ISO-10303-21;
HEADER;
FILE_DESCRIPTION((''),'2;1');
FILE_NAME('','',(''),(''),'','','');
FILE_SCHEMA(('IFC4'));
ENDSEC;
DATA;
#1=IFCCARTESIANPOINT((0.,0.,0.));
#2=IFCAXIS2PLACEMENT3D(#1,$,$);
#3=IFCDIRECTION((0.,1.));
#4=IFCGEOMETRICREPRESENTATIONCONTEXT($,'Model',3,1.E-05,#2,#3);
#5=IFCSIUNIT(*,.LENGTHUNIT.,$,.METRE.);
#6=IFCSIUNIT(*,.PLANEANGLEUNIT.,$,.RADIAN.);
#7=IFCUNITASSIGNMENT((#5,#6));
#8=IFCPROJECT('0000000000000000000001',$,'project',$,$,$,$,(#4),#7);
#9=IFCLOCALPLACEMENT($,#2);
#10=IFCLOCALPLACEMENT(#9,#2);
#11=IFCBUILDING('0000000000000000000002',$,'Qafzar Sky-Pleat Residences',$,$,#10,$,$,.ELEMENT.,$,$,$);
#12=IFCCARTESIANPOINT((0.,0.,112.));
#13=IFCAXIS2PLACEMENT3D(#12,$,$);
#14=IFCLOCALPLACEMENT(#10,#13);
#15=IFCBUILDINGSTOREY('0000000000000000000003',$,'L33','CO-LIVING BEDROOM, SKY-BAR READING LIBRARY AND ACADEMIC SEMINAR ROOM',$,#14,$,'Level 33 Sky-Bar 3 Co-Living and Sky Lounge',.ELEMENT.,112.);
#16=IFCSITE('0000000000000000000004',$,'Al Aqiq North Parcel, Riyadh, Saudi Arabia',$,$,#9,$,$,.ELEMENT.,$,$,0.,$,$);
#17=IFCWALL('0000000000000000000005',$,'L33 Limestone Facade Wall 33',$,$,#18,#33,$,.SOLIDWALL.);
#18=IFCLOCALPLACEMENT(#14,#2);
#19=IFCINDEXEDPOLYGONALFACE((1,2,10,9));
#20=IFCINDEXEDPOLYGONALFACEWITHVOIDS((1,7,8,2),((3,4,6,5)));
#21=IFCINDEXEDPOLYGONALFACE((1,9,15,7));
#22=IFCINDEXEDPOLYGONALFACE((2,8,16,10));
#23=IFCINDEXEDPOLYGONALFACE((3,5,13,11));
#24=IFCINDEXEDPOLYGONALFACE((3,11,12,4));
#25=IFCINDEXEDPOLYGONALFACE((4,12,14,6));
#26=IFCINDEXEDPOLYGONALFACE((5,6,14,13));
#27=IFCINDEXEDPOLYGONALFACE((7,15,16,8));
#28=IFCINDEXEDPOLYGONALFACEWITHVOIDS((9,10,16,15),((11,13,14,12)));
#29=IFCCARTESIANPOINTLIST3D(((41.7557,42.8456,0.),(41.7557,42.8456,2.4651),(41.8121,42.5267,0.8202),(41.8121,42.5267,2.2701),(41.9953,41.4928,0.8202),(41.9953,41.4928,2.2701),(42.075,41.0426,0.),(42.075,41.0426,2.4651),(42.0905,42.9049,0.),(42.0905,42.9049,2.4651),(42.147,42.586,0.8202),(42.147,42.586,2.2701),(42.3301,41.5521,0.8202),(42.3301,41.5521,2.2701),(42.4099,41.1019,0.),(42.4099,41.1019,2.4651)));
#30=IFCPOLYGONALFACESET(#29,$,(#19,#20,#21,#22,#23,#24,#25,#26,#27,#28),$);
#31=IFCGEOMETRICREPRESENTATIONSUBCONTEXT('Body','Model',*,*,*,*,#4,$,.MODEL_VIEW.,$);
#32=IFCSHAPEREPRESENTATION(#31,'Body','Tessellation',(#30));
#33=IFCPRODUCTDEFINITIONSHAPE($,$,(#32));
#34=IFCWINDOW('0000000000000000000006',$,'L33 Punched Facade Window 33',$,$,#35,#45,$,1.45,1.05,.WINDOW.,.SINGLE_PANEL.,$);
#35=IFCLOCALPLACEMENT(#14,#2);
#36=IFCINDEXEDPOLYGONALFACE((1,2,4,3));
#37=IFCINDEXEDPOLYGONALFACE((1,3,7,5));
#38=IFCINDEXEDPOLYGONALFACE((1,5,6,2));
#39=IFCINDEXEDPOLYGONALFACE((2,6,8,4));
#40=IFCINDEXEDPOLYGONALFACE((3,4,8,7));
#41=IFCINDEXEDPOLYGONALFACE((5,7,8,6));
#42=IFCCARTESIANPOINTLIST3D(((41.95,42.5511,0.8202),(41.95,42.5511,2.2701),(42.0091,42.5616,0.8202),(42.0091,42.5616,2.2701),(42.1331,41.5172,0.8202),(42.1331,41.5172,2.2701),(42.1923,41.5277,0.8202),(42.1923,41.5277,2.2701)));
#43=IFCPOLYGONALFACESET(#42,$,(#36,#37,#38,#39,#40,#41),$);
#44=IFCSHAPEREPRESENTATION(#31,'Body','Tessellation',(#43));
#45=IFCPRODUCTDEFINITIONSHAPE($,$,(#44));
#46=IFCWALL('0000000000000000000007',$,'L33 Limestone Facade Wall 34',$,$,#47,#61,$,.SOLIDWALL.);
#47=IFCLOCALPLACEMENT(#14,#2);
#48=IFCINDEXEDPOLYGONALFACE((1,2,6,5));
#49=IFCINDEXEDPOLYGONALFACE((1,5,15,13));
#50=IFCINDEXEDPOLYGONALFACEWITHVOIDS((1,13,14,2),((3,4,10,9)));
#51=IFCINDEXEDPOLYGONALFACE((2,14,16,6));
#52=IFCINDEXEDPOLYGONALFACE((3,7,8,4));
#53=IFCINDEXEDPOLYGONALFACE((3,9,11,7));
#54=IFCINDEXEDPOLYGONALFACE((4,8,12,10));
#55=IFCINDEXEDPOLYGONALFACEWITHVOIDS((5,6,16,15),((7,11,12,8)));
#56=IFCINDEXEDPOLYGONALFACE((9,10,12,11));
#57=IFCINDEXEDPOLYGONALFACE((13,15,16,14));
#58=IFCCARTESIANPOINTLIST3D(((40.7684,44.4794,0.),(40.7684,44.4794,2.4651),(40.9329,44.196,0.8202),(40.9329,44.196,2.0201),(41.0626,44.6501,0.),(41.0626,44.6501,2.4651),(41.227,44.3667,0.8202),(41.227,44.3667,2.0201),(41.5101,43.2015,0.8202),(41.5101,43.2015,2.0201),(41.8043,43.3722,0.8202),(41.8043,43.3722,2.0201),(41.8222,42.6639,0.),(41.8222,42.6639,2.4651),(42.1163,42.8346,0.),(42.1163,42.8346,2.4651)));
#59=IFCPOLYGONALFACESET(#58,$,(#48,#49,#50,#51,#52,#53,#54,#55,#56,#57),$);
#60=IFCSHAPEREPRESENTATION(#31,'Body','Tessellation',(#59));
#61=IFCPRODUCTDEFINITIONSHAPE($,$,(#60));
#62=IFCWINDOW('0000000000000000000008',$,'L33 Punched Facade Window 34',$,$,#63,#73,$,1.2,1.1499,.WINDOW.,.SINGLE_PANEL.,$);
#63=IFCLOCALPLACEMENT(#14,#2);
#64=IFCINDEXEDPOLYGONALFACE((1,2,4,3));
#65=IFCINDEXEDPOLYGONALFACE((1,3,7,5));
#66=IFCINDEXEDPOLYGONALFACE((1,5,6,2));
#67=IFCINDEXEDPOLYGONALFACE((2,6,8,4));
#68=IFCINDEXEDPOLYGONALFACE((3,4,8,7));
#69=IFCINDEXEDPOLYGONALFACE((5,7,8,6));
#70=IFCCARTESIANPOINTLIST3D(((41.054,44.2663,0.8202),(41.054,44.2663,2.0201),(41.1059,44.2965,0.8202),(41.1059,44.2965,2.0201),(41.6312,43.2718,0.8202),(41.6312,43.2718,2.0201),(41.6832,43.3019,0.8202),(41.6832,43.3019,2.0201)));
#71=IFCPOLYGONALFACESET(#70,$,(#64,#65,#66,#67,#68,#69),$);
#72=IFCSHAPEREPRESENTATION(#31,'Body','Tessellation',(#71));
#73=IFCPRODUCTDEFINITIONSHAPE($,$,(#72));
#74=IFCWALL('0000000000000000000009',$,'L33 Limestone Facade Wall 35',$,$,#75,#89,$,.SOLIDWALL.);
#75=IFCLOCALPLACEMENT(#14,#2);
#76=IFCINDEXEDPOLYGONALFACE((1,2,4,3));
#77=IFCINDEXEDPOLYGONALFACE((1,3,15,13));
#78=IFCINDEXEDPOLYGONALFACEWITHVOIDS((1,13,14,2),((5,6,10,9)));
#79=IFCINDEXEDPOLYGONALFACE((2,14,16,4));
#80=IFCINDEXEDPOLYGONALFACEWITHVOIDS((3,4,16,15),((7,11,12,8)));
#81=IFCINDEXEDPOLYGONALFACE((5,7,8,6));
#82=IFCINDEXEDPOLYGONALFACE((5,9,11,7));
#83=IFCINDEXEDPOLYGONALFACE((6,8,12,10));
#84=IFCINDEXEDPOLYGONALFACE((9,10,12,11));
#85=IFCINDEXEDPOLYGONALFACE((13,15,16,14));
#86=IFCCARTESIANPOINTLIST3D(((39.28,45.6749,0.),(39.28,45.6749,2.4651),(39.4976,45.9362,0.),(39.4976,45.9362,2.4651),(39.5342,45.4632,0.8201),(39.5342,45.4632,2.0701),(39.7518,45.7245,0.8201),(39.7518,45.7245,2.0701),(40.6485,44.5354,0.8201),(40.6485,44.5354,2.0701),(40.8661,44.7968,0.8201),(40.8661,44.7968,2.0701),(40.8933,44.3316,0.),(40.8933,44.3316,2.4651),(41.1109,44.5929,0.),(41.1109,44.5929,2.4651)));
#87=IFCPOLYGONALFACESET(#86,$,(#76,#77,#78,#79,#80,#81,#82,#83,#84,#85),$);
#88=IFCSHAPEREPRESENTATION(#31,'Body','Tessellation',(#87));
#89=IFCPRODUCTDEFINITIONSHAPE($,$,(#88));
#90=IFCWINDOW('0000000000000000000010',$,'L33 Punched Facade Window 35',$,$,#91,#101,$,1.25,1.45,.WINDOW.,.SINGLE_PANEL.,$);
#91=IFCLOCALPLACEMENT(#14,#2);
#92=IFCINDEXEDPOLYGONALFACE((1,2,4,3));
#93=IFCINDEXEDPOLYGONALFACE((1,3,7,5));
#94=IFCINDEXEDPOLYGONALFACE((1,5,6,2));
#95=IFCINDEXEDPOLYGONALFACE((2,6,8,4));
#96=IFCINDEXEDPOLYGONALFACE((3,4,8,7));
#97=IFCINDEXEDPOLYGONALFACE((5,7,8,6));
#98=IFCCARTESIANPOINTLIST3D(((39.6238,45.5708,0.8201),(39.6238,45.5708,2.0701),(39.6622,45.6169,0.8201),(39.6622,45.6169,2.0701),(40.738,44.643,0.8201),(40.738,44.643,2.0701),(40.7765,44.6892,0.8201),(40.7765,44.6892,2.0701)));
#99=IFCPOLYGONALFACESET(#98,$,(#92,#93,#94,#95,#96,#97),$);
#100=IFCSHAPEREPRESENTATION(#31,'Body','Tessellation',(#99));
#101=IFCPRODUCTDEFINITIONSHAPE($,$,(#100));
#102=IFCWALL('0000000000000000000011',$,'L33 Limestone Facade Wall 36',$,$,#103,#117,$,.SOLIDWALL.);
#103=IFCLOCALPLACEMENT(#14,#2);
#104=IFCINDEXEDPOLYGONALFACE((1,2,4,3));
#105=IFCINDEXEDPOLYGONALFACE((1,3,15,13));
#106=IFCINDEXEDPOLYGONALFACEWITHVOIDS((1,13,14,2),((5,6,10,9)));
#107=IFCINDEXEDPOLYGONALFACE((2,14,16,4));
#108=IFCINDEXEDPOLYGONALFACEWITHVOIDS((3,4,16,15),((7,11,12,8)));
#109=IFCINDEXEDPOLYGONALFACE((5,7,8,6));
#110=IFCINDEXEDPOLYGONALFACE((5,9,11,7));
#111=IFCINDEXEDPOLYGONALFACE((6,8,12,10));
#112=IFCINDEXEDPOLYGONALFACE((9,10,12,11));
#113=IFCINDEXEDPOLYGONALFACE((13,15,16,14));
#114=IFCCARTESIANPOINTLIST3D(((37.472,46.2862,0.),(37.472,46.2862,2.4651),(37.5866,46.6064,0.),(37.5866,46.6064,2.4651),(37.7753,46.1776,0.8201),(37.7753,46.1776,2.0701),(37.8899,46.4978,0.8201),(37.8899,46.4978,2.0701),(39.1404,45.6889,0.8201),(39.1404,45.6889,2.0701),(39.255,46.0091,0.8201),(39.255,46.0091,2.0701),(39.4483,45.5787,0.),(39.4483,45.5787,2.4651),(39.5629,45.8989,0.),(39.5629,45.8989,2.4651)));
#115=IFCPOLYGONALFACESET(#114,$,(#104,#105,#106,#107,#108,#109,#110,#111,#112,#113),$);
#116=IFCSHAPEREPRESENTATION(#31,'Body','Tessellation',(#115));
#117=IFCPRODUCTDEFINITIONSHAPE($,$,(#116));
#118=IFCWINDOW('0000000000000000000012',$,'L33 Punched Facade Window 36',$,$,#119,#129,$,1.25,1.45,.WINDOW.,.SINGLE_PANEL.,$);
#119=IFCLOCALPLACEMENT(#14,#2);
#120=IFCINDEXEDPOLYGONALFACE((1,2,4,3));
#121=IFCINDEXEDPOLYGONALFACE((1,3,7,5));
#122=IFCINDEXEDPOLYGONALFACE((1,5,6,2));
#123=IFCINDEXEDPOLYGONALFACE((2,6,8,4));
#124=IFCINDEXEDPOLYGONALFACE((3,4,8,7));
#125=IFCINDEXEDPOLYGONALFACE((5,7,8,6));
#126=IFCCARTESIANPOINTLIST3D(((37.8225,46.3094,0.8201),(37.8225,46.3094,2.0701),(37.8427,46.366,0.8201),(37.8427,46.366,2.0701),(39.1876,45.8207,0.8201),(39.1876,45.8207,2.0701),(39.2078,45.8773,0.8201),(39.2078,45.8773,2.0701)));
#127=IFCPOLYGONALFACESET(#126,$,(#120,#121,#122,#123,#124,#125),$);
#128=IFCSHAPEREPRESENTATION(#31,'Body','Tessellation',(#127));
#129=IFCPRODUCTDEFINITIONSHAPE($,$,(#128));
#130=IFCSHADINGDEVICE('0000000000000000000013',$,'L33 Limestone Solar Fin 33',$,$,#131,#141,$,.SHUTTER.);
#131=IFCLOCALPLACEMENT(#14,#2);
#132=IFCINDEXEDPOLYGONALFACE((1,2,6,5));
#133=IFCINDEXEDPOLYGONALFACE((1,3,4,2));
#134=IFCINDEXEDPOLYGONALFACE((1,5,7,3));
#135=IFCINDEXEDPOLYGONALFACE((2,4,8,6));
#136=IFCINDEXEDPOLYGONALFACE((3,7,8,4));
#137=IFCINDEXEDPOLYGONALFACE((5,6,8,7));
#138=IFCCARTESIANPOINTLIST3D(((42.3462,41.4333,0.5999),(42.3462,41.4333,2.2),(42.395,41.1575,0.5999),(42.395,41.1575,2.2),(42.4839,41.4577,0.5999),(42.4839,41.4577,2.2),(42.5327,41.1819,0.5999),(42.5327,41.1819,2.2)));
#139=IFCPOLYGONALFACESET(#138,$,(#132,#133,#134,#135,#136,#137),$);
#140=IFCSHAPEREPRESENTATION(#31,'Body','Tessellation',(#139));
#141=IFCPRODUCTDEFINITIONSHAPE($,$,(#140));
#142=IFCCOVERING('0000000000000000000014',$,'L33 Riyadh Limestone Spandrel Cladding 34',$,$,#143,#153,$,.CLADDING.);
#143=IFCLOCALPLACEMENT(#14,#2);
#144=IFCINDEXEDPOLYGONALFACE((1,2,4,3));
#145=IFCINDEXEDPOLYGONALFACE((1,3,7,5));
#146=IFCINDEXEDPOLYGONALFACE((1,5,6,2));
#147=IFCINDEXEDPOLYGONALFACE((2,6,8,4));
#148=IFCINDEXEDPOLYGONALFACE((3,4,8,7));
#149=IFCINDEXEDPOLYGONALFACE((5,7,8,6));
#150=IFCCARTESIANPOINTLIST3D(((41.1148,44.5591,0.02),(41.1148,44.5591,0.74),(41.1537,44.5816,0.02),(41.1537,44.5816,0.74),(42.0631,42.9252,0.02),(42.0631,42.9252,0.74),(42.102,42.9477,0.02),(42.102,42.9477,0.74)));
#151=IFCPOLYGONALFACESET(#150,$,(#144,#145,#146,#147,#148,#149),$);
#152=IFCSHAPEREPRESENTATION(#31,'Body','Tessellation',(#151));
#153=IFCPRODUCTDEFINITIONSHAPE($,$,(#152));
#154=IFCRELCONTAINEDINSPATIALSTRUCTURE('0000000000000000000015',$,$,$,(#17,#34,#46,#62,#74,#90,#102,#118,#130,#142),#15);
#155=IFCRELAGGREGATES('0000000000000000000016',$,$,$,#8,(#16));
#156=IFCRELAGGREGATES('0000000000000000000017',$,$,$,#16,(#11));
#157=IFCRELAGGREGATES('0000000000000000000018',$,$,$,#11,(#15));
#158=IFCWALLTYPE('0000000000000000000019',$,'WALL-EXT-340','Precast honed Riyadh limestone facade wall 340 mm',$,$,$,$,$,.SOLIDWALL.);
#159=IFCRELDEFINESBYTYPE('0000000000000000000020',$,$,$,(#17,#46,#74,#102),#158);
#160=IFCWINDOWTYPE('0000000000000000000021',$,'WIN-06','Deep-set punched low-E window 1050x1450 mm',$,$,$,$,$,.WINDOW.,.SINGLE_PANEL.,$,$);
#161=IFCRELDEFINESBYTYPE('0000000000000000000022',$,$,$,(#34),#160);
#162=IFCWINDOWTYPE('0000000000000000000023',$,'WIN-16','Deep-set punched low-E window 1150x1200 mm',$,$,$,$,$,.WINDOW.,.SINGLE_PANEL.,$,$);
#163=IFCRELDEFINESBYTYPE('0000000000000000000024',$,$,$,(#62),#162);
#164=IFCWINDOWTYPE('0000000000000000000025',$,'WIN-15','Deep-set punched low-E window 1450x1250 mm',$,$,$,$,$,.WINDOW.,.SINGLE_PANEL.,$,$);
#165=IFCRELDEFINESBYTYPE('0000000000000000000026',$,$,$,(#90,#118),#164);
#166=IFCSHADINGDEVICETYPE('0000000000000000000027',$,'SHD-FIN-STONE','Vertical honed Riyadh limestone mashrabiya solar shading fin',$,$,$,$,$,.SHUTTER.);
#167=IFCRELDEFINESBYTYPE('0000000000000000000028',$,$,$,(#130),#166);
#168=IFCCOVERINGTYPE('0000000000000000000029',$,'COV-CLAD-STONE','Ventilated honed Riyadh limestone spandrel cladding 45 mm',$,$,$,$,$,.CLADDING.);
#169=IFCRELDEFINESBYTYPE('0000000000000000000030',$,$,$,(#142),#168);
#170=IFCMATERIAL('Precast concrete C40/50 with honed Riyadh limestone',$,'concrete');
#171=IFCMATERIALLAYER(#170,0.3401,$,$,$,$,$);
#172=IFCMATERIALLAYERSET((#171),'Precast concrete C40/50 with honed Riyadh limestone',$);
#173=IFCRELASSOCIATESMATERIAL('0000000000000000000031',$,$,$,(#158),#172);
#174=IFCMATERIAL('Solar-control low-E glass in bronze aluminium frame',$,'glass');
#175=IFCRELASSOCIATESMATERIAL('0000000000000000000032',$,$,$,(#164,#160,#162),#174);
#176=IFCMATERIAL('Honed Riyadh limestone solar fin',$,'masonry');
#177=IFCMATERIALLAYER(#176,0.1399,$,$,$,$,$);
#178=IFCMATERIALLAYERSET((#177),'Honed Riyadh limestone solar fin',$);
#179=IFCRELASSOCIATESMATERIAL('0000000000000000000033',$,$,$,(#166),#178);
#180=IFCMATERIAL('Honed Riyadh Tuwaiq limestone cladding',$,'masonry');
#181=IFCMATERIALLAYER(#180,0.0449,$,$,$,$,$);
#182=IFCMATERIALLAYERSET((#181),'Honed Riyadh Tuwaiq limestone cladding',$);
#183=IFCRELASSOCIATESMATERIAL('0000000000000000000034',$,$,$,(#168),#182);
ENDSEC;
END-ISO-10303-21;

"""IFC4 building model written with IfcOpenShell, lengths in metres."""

from ifc_helpers import new_model, si_unit, direction, frame, frame_2d, origin, origin_2d, place, context, subcontext, project, spatial, rectangle, extrude, source, transform, mapped, material, layer, layer_set, type_object, element, fill, save


model = new_model("IFC4")

# Units and contexts
model_context = context("Model", 3, precision=1e-05, world=origin(), true_north=direction((0.0, 1.0)))
body_context = subcontext(model_context, "Body", "Model", "MODEL_VIEW")
ifc_project = project(units=[si_unit("LENGTHUNIT", "METRE"), si_unit("PLANEANGLEUNIT", "RADIAN")], contexts=[model_context])

# Site, building, storey
site_placement = place(None, origin())
site = spatial("IfcSite", under=ifc_project, at=site_placement, Name="Al Aqiq North Parcel, Riyadh, Saudi Arabia", CompositionType="ELEMENT", RefElevation=0.0)
building_placement = place(site_placement, origin())
building = spatial("IfcBuilding", under=site, at=building_placement, Name="Qafzar Sky-Pleat Residences", CompositionType="ELEMENT")
storey_placement = place(building_placement, frame((0.0, 0.0, 112.0)))
storey = spatial("IfcBuildingStorey", under=building, at=storey_placement, Name="L33", Description="CO-LIVING BEDROOM, SKY-BAR READING LIBRARY AND ACADEMIC SEMINAR ROOM", LongName="Level 33 Sky-Bar 3 Co-Living and Sky Lounge", CompositionType="ELEMENT", Elevation=112.0)

# Walls, openings, windows
ifc_material_1 = material(Name="Precast concrete C40/50 with honed Riyadh limestone", Category="concrete")
ifc_layer_1 = layer(ifc_material_1, 0.3401)
ifc_layer_set_1 = layer_set([ifc_layer_1], Name="Precast concrete C40/50 with honed Riyadh limestone")
wall_type_1 = type_object("IfcWallType", Name="WALL-EXT-340", Description="Precast honed Riyadh limestone facade wall 340 mm", PredefinedType="SOLIDWALL", material=ifc_layer_set_1)
ifc_material_2 = material(Name="Solar-control low-E glass in bronze aluminium frame", Category="glass")
window_type_1 = type_object("IfcWindowType", Name="WIN-15", Description="Deep-set punched low-E window 1450x1250 mm", PartitioningType="SINGLE_PANEL", PredefinedType="WINDOW", material=ifc_material_2)
shared_shape_1 = source(origin(), body_context, "Body", "SweptSolid", [
    extrude(rectangle(XDim=1.45, YDim=1.25, at=frame_2d((0.7251, 0.625))), frame((0.0, 0.03, 0.0), z_axis=(0.0, -1.0, 0.0), x_axis=(1.0, 0.0, 0.0)), (0.0, 0.0, 1.0), 0.0601),
])
wall_1_placement = place(storey_placement, frame((42.2424, 41.0723, 0.0), z_axis=(0.0, 0.0, 1.0), x_axis=(-0.174401, 0.984675, 0.0)))
wall_1 = element("IfcWall", 1, at=wall_1_placement, inside=storey, type_object=wall_type_1, Name="L33 Limestone Facade Wall 33", PredefinedType="SOLIDWALL", context=body_context, shape_type="SweptSolid", body=[
    extrude(rectangle(XDim=1.8311, YDim=0.3401, at=frame_2d((0.9155, 0.0))), origin(), (0.0, 0.0, 1.0), 2.4651),
])
opening_1_placement = place(wall_1_placement, frame((0.4573, 0.0, 0.8201)))
opening_1 = element("IfcOpeningElement", 2, at=opening_1_placement, cuts=wall_1, PredefinedType="OPENING", context=body_context, shape_type="SweptSolid", body=[
    extrude(rectangle(XDim=1.05, YDim=1.45, at=frame_2d((0.5249, 0.7251))), frame((0.0, 0.1802, 0.0), z_axis=(0.0, -1.0, 0.0), x_axis=(1.0, 0.0, 0.0)), (0.0, 0.0, 1.0), 0.3601),
])
window_type_2 = type_object("IfcWindowType", Name="WIN-06", Description="Deep-set punched low-E window 1050x1450 mm", PartitioningType="SINGLE_PANEL", PredefinedType="WINDOW", material=ifc_material_2)
shared_shape_2 = source(origin(), body_context, "Body", "SweptSolid", [
    extrude(rectangle(XDim=1.05, YDim=1.45, at=frame_2d((0.5249, 0.7251))), frame((0.0, 0.03, 0.0), z_axis=(0.0, -1.0, 0.0), x_axis=(1.0, 0.0, 0.0)), (0.0, 0.0, 1.0), 0.0601),
])
window_1_placement = place(opening_1_placement, origin())
window_1 = element("IfcWindow", 3, at=window_1_placement, inside=storey, type_object=window_type_2, Name="L33 Punched Facade Window 33", OverallHeight=1.45, OverallWidth=1.05, PartitioningType="SINGLE_PANEL", PredefinedType="WINDOW", context=body_context, shape_type="MappedRepresentation", body=[
    mapped(shared_shape_2, transform((0.0, 0.0, 0.0), x_axis=(1.0, 0.0, 0.0), y_axis=(0.0, 1.0, 0.0), z_axis=(0.0, 0.0, 1.0), scale=1.0)),
])
fill(opening_1, window_1)
wall_2_placement = place(storey_placement, frame((41.9692, 42.7493, 0.0), z_axis=(0.0, 0.0, 1.0), x_axis=(-0.50199, 0.864874, 0.0)))
wall_2 = element("IfcWall", 4, at=wall_2_placement, inside=storey, type_object=wall_type_1, Name="L33 Limestone Facade Wall 34", PredefinedType="SOLIDWALL", context=body_context, shape_type="SweptSolid", body=[
    extrude(rectangle(XDim=2.0991, YDim=0.3401, at=frame_2d((1.0496, 0.0))), origin(), (0.0, 0.0, 1.0), 2.4651),
])
opening_2_placement = place(wall_2_placement, frame((0.6216, 0.0, 0.8201)))
opening_2 = element("IfcOpeningElement", 5, at=opening_2_placement, cuts=wall_2, PredefinedType="OPENING", context=body_context, shape_type="SweptSolid", body=[
    extrude(rectangle(XDim=1.1499, YDim=1.2, at=frame_2d((0.575, 0.6001))), frame((0.0, 0.1802, 0.0), z_axis=(0.0, -1.0, 0.0), x_axis=(1.0, 0.0, 0.0)), (0.0, 0.0, 1.0), 0.3601),
])
window_type_3 = type_object("IfcWindowType", Name="WIN-16", Description="Deep-set punched low-E window 1150x1200 mm", PartitioningType="SINGLE_PANEL", PredefinedType="WINDOW", material=ifc_material_2)
shared_shape_3 = source(origin(), body_context, "Body", "SweptSolid", [
    extrude(rectangle(XDim=1.1499, YDim=1.2, at=frame_2d((0.575, 0.6001))), frame((0.0, 0.03, 0.0), z_axis=(0.0, -1.0, 0.0), x_axis=(1.0, 0.0, 0.0)), (0.0, 0.0, 1.0), 0.0601),
])
window_2_placement = place(opening_2_placement, origin())
window_2 = element("IfcWindow", 6, at=window_2_placement, inside=storey, type_object=window_type_3, Name="L33 Punched Facade Window 34", OverallHeight=1.2, OverallWidth=1.1499, PartitioningType="SINGLE_PANEL", PredefinedType="WINDOW", context=body_context, shape_type="MappedRepresentation", body=[
    mapped(shared_shape_3, transform((0.0, 0.0, 0.0), x_axis=(1.0, 0.0, 0.0), y_axis=(0.0, 1.0, 0.0), z_axis=(0.0, 0.0, 1.0), scale=1.0)),
])
fill(opening_2, window_2)
wall_3_placement = place(storey_placement, frame((41.0022, 44.4622, 0.0), z_axis=(0.0, 0.0, 1.0), x_axis=(-0.768488, 0.639864, 0.0)))
wall_3 = element("IfcWall", 7, at=wall_3_placement, inside=storey, type_object=wall_type_1, Name="L33 Limestone Facade Wall 35", PredefinedType="SOLIDWALL", context=body_context, shape_type="SweptSolid", body=[
    extrude(rectangle(XDim=2.0994, YDim=0.3401, at=frame_2d((1.0498, 0.0))), origin(), (0.0, 0.0, 1.0), 2.4651),
])
opening_3_placement = place(wall_3_placement, frame((0.3186, 0.0, 0.8201)))
opening_3 = element("IfcOpeningElement", 8, at=opening_3_placement, cuts=wall_3, PredefinedType="OPENING", context=body_context, shape_type="SweptSolid", body=[
    extrude(rectangle(XDim=1.45, YDim=1.25, at=frame_2d((0.7251, 0.625))), frame((0.0, 0.1802, 0.0), z_axis=(0.0, -1.0, 0.0), x_axis=(1.0, 0.0, 0.0)), (0.0, 0.0, 1.0), 0.3601),
])
window_3_placement = place(opening_3_placement, origin())
window_3 = element("IfcWindow", 9, at=window_3_placement, inside=storey, type_object=window_type_1, Name="L33 Punched Facade Window 35", OverallHeight=1.25, OverallWidth=1.45, PartitioningType="SINGLE_PANEL", PredefinedType="WINDOW", context=body_context, shape_type="MappedRepresentation", body=[
    mapped(shared_shape_1, transform((0.0, 0.0, 0.0), x_axis=(1.0, 0.0, 0.0), y_axis=(0.0, 1.0, 0.0), z_axis=(0.0, 0.0, 1.0), scale=1.0)),
])
fill(opening_3, window_3)
wall_4_placement = place(storey_placement, frame((39.5056, 45.7388, 0.0), z_axis=(0.0, 0.0, 1.0), x_axis=(-0.941486, 0.337051, 0.0)))
wall_4 = element("IfcWall", 10, at=wall_4_placement, inside=storey, type_object=wall_type_1, Name="L33 Limestone Facade Wall 36", PredefinedType="SOLIDWALL", context=body_context, shape_type="SweptSolid", body=[
    extrude(rectangle(XDim=2.0991, YDim=0.3401, at=frame_2d((1.0496, 0.0))), origin(), (0.0, 0.0, 1.0), 2.4651),
])
opening_4_placement = place(wall_4_placement, frame((0.3269, 0.0, 0.8201)))
opening_4 = element("IfcOpeningElement", 11, at=opening_4_placement, cuts=wall_4, PredefinedType="OPENING", context=body_context, shape_type="SweptSolid", body=[
    extrude(rectangle(XDim=1.45, YDim=1.25, at=frame_2d((0.7251, 0.625))), frame((0.0, 0.1802, 0.0), z_axis=(0.0, -1.0, 0.0), x_axis=(1.0, 0.0, 0.0)), (0.0, 0.0, 1.0), 0.3601),
])
window_4_placement = place(opening_4_placement, origin())
window_4 = element("IfcWindow", 12, at=window_4_placement, inside=storey, type_object=window_type_1, Name="L33 Punched Facade Window 36", OverallHeight=1.25, OverallWidth=1.45, PartitioningType="SINGLE_PANEL", PredefinedType="WINDOW", context=body_context, shape_type="MappedRepresentation", body=[
    mapped(shared_shape_1, transform((0.0, 0.0, 0.0), x_axis=(1.0, 0.0, 0.0), y_axis=(0.0, 1.0, 0.0), z_axis=(0.0, 0.0, 1.0), scale=1.0)),
])
fill(opening_4, window_4)

# Shading device
ifc_material_3 = material(Name="Honed Riyadh limestone solar fin", Category="masonry")
ifc_layer_2 = layer(ifc_material_3, 0.1399)
ifc_layer_set_2 = layer_set([ifc_layer_2], Name="Honed Riyadh limestone solar fin")
shading_device_type = type_object("IfcShadingDeviceType", Name="SHD-FIN-STONE", Description="Vertical honed Riyadh limestone mashrabiya solar shading fin", PredefinedType="SHUTTER", material=ifc_layer_set_2)
shared_shape_4 = source(origin(), body_context, "Body", "SweptSolid", [
    extrude(rectangle(XDim=0.1399, YDim=0.28, at=origin_2d()), origin(), (0.0, 0.0, 1.0), 1.6001),
])
shading_device_placement = place(storey_placement, frame((42.4395, 41.3076, 0.5999), z_axis=(0.0, 0.0, 1.0), x_axis=(0.984676, 0.174394, 0.0)))
element("IfcShadingDevice", 13, at=shading_device_placement, inside=storey, type_object=shading_device_type, Name="L33 Limestone Solar Fin 33", PredefinedType="SHUTTER", context=body_context, shape_type="MappedRepresentation", body=[
    mapped(shared_shape_4, transform((0.0, 0.0, 0.0), x_axis=(1.0, 0.0, 0.0), y_axis=(0.0, 1.0, 0.0), z_axis=(0.0, 0.0, 1.0), scale=1.0)),
])

# Covering
ifc_material_4 = material(Name="Honed Riyadh Tuwaiq limestone cladding", Category="masonry")
ifc_layer_3 = layer(ifc_material_4, 0.0449)
ifc_layer_set_3 = layer_set([ifc_layer_3], Name="Honed Riyadh Tuwaiq limestone cladding")
covering_type = type_object("IfcCoveringType", Name="COV-CLAD-STONE", Description="Ventilated honed Riyadh limestone spandrel cladding 45 mm", PredefinedType="CLADDING", material=ifc_layer_set_3)
shared_shape_5 = source(origin(), body_context, "Body", "SweptSolid", [
    extrude(rectangle(XDim=1.8892, YDim=0.0449, at=origin_2d()), origin(), (0.0, 0.0, 1.0), 0.72),
])
covering_1_placement = place(storey_placement, frame((41.6084, 43.7534, 0.02), z_axis=(0.0, 0.0, 1.0), x_axis=(-0.501977, 0.864881, 0.0)))
element("IfcCovering", 14, at=covering_1_placement, inside=storey, type_object=covering_type, Name="L33 Riyadh Limestone Spandrel Cladding 34", PredefinedType="CLADDING", context=body_context, shape_type="MappedRepresentation", body=[
    mapped(shared_shape_5, transform((0.0, 0.0, 0.0), x_axis=(1.0, 0.0, 0.0), y_axis=(0.0, 1.0, 0.0), z_axis=(0.0, 0.0, 1.0), scale=1.0)),
])

save(model, "model.ifc")
